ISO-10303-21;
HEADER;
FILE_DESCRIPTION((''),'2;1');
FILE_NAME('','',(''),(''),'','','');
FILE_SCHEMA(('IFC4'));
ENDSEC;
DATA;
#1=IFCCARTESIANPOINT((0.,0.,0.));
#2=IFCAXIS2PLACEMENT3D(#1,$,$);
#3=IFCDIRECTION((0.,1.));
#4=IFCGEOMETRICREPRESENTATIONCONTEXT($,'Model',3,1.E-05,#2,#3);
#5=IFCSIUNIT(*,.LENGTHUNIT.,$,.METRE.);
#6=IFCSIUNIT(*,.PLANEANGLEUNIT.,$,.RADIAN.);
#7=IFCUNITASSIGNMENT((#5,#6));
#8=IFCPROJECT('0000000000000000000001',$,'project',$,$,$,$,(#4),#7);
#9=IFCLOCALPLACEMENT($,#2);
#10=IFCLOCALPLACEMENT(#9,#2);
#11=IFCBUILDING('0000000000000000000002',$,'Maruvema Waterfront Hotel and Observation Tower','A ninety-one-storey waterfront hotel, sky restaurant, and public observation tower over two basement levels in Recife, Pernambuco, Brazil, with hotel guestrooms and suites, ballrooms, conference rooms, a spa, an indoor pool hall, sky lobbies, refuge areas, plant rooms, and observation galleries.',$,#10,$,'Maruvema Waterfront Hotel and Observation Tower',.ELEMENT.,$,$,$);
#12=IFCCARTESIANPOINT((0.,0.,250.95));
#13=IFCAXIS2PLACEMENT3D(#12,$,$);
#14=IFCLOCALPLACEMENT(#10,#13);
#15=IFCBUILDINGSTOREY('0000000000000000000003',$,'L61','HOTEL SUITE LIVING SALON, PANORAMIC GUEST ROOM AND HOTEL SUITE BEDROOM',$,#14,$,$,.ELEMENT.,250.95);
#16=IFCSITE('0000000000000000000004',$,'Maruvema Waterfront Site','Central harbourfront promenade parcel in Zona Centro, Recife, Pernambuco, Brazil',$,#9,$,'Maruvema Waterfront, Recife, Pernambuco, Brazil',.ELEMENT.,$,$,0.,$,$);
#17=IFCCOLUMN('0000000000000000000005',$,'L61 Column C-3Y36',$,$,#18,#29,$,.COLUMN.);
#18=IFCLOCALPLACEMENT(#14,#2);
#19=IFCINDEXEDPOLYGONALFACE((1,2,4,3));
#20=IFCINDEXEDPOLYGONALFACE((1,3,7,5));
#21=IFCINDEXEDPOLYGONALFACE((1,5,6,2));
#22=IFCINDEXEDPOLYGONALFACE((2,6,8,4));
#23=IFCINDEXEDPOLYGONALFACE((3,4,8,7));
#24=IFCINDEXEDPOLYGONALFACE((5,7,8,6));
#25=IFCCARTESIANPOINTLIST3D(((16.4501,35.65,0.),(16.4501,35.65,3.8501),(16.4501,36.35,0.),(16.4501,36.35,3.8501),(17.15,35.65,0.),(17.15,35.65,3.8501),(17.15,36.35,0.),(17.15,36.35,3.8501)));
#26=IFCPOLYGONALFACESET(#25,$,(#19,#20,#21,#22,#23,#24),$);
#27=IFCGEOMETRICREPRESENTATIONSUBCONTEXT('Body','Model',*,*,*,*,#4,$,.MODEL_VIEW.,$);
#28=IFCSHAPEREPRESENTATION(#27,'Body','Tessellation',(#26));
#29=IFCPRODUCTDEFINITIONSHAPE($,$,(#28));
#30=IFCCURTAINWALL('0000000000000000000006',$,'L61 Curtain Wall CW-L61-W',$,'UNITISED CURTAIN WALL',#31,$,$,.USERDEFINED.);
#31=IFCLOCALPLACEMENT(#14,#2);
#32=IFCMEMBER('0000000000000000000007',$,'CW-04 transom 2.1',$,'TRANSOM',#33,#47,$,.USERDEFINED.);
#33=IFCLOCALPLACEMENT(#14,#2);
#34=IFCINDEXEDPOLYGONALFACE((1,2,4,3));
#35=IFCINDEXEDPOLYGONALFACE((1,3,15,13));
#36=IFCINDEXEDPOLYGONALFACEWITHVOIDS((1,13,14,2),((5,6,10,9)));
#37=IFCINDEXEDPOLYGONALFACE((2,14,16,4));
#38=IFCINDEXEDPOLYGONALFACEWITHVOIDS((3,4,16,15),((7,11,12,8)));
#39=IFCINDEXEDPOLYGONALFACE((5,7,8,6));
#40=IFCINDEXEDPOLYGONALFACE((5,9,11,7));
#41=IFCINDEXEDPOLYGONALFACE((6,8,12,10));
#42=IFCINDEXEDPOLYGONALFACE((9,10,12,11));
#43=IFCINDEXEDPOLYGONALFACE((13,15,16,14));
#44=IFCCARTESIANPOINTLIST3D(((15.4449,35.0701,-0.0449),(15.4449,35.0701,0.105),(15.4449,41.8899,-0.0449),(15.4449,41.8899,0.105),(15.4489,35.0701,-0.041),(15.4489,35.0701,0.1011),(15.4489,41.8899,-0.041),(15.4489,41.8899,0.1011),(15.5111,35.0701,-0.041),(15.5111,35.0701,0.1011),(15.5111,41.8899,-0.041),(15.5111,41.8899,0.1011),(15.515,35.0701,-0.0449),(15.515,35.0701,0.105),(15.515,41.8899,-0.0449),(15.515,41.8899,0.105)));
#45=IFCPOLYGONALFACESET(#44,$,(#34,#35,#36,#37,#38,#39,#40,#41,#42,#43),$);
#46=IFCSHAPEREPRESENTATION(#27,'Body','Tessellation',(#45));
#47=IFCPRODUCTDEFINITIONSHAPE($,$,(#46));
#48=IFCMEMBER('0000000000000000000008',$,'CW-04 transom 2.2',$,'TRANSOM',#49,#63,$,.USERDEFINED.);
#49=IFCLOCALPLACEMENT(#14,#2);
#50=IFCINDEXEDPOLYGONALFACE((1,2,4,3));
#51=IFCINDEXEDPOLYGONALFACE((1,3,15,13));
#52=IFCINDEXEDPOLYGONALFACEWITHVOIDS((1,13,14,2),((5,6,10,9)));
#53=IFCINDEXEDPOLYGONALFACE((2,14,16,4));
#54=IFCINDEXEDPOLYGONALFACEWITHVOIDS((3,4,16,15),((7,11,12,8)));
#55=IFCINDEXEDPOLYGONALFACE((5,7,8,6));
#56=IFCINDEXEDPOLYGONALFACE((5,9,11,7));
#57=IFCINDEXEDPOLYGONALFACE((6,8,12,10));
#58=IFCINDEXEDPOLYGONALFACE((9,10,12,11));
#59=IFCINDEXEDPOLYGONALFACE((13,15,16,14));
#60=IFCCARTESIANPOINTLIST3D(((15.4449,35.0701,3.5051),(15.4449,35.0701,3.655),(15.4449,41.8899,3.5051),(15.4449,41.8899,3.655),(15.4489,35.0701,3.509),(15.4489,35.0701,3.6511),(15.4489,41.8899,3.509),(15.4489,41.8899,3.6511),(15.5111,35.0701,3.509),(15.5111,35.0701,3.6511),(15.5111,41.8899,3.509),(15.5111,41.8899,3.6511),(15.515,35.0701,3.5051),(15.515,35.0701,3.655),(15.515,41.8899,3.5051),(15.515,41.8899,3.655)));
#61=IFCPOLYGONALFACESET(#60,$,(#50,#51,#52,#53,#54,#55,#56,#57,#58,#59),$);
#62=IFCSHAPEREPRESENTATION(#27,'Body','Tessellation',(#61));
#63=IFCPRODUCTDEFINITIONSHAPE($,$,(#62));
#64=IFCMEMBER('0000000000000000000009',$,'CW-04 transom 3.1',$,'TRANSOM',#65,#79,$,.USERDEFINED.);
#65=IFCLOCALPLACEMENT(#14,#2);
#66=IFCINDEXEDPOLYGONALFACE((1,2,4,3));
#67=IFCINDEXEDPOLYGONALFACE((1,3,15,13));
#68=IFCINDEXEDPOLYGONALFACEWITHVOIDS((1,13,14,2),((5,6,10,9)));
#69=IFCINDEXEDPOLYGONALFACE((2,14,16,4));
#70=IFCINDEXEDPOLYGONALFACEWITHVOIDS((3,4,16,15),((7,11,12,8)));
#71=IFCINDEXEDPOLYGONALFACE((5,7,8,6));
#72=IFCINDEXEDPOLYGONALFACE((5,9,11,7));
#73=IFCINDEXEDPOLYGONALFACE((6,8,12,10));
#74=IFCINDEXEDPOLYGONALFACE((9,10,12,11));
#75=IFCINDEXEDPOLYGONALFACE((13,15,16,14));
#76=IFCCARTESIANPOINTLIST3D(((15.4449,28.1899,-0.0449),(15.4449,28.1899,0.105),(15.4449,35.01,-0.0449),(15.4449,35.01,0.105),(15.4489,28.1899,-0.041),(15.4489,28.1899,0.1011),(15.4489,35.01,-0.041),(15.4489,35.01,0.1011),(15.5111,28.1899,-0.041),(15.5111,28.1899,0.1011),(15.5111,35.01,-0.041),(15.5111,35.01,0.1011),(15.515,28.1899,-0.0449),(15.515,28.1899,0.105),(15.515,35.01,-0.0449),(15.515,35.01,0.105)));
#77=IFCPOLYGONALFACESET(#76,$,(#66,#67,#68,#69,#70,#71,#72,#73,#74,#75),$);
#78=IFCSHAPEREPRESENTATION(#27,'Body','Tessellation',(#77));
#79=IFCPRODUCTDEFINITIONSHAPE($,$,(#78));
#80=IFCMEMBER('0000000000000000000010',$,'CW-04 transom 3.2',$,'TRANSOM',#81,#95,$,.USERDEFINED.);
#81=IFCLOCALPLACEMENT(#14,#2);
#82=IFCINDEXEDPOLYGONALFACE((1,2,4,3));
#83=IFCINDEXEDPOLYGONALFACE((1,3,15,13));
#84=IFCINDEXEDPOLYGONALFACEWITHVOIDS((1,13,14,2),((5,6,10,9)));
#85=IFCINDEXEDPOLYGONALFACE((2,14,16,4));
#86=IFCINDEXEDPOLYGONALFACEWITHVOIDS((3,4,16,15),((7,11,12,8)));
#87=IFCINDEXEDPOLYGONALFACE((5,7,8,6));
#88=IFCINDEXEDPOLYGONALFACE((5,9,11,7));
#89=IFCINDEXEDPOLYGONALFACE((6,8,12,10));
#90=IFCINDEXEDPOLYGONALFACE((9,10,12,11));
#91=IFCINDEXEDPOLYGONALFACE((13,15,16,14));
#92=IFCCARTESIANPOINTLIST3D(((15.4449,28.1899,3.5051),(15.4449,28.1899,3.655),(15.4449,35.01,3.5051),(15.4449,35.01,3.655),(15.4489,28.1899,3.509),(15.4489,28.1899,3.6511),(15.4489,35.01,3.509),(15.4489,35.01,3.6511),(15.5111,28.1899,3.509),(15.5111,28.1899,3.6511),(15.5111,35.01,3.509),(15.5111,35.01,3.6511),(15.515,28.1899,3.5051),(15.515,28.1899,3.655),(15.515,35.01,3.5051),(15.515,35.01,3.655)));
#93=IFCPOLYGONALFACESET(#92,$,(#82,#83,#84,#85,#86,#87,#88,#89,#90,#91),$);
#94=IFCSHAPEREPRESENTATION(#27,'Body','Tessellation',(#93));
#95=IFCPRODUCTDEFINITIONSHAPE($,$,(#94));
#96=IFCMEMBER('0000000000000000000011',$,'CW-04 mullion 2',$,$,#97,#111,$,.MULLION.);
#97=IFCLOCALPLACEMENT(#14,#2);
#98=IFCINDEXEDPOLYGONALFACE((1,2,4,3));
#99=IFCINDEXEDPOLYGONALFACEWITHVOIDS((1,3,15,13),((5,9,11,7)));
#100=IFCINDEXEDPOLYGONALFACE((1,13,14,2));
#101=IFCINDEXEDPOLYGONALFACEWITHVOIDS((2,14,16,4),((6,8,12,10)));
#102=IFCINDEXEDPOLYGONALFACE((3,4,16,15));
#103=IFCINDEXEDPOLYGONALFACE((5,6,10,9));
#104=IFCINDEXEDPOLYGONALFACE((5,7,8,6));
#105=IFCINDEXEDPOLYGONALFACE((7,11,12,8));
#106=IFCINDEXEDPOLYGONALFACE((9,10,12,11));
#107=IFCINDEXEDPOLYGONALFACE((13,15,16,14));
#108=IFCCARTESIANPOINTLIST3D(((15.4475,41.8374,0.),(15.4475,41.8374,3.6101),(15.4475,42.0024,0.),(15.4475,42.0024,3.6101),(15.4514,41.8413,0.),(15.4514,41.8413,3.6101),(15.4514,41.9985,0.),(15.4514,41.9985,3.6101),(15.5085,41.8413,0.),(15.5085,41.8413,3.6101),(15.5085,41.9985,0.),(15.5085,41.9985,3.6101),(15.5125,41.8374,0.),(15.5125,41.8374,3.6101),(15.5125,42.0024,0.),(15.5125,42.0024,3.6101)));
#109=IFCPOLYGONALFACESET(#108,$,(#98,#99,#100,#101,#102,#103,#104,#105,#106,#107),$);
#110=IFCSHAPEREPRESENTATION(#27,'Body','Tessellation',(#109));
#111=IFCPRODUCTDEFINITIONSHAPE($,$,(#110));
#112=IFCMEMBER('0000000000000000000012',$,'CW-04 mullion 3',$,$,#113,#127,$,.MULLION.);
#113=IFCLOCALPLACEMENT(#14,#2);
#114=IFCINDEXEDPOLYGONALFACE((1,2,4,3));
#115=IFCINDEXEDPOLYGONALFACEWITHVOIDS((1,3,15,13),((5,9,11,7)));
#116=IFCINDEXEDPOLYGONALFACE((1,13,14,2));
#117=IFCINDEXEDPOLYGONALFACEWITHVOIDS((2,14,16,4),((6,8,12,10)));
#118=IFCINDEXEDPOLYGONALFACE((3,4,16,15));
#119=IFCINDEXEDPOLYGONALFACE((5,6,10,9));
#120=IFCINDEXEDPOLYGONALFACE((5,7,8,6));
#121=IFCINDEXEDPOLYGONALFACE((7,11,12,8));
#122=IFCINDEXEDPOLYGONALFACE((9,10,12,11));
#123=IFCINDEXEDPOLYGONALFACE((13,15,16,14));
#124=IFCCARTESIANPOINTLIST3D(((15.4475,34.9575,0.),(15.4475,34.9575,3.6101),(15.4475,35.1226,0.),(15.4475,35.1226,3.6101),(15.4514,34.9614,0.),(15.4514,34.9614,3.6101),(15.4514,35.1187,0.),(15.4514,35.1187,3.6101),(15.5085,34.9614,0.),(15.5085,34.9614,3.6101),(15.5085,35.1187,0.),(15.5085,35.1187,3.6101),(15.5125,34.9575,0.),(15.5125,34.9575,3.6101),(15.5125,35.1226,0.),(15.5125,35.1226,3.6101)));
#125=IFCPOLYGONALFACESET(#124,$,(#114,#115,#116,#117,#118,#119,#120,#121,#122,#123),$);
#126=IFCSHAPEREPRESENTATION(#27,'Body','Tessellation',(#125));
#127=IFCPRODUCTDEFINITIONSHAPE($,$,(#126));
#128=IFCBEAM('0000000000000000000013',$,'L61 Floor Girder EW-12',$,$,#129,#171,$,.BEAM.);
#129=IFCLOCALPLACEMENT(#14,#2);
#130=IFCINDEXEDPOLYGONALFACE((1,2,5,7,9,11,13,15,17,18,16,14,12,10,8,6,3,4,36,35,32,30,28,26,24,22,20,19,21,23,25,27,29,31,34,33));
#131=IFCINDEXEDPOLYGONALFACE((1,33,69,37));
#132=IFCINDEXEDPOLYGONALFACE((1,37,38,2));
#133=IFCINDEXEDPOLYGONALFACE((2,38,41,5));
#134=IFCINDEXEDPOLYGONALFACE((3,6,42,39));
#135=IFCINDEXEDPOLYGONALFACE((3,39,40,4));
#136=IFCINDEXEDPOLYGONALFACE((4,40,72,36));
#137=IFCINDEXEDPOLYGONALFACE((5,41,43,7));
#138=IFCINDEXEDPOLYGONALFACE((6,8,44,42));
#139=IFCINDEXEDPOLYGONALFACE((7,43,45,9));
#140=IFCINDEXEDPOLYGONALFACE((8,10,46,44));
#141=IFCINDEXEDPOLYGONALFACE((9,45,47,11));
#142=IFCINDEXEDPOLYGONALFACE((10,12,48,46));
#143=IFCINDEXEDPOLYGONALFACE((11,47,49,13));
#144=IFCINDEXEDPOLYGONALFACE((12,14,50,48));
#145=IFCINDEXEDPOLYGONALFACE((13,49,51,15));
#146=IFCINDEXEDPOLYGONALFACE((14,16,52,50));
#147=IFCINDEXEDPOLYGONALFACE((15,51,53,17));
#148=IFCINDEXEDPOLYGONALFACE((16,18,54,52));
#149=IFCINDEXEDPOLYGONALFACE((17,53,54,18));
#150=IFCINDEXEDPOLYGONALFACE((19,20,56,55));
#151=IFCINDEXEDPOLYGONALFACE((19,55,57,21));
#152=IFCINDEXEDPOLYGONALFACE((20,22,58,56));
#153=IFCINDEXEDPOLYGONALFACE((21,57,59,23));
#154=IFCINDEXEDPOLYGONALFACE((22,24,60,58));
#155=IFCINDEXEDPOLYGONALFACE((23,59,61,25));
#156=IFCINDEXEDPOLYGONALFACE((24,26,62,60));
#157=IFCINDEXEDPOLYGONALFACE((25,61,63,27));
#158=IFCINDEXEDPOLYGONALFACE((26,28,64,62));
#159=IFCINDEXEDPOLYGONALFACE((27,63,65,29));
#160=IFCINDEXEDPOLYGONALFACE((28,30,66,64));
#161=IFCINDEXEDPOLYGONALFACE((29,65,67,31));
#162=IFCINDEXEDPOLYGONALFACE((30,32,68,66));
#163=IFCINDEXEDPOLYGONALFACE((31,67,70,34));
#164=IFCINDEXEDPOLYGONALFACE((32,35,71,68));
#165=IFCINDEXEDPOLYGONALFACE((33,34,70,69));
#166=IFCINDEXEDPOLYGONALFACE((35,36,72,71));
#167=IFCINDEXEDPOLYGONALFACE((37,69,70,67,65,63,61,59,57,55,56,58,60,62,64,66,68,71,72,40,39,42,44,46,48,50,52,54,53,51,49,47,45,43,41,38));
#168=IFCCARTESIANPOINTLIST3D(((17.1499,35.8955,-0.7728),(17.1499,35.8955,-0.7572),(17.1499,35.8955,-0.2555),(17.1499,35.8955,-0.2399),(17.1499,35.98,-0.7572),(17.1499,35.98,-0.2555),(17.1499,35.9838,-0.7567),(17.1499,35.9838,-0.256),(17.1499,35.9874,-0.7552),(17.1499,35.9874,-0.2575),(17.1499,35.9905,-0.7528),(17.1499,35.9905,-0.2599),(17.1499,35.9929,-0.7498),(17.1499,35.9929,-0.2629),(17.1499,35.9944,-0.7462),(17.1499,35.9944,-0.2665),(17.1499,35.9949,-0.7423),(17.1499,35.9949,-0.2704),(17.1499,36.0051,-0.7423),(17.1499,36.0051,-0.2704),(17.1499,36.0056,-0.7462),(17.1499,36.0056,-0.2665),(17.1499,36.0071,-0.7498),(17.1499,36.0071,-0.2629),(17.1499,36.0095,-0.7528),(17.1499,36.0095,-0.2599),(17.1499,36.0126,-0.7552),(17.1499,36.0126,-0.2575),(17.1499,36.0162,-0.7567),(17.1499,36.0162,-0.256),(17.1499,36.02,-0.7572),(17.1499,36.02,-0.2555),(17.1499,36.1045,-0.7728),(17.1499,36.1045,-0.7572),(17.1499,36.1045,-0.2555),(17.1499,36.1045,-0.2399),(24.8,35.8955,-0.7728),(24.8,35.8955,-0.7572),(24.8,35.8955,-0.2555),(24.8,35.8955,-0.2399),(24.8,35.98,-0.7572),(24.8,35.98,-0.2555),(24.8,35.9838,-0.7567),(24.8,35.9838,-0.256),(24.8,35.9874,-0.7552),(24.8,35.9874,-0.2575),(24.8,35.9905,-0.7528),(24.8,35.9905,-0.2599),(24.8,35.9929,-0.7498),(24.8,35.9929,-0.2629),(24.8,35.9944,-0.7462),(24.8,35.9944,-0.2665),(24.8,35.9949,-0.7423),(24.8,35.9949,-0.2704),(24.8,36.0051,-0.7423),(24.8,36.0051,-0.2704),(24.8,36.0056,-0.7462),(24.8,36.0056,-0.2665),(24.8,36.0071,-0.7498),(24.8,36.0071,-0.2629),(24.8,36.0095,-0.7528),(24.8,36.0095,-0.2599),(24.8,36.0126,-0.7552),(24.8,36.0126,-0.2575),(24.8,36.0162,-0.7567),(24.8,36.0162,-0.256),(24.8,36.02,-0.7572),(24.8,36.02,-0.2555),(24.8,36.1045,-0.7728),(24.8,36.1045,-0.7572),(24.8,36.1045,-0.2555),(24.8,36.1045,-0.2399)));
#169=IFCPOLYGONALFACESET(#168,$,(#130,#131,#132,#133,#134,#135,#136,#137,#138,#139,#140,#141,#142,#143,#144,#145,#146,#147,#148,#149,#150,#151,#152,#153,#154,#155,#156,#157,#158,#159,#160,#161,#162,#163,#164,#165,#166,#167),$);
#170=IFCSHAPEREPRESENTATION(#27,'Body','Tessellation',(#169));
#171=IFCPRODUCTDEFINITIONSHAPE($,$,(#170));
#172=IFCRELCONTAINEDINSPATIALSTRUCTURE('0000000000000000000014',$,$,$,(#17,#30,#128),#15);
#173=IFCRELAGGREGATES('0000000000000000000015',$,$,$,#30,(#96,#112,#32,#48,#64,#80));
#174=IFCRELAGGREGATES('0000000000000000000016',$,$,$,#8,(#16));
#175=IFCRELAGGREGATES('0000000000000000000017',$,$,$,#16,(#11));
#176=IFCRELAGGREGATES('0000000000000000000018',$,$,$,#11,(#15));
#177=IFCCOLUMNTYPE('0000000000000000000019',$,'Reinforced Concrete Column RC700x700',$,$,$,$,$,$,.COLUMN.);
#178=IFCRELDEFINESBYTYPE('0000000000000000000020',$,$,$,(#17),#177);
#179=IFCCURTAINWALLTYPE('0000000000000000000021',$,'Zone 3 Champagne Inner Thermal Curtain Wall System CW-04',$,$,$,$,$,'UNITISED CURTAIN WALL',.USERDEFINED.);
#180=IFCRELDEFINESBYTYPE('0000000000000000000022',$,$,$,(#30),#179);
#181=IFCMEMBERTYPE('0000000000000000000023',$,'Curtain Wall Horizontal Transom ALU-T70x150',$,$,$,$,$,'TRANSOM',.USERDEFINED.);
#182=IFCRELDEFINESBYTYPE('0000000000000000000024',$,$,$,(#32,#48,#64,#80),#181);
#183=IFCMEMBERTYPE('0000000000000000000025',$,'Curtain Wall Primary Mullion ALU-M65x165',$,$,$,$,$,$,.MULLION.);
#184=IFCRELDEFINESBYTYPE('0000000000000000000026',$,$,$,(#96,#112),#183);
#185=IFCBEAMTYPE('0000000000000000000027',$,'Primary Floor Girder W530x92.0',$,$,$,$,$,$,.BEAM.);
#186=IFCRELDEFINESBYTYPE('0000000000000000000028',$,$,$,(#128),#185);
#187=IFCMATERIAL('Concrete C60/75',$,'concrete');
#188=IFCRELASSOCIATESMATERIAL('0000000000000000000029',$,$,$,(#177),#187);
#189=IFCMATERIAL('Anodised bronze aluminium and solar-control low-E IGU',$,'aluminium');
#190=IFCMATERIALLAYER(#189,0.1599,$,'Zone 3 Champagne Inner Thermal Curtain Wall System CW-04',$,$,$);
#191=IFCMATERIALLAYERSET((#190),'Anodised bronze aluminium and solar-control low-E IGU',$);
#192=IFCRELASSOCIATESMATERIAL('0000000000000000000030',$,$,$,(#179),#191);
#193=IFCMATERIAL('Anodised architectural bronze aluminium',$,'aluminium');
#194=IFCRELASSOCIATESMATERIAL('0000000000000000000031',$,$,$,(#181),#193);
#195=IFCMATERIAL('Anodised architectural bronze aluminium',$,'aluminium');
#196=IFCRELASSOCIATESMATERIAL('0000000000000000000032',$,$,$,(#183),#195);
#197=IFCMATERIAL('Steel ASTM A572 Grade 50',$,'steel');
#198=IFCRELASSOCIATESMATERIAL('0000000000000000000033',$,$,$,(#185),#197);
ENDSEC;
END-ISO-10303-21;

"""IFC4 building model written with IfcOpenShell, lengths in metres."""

from ifc_helpers import new_model, si_unit, direction, frame, origin, origin_2d, place, context, subcontext, project, spatial, rectangle, hollow_rectangle, i_section, extrude, material, layer, layer_set, material_profile, profile_set, type_object, element, aggregate, save


model = new_model("IFC4")

# Units and contexts
model_context = context("Model", 3, precision=1e-05, world=origin(), true_north=direction((0.0, 1.0)))
body_context = subcontext(model_context, "Body", "Model", "MODEL_VIEW")
ifc_project = project(units=[si_unit("LENGTHUNIT", "METRE"), si_unit("PLANEANGLEUNIT", "RADIAN")], contexts=[model_context])

# Site, building, storey
site_placement = place(None, origin())
site = spatial("IfcSite", under=ifc_project, at=site_placement, Name="Maruvema Waterfront Site", Description="Central harbourfront promenade parcel in Zona Centro, Recife, Pernambuco, Brazil", LongName="Maruvema Waterfront, Recife, Pernambuco, Brazil", CompositionType="ELEMENT", RefElevation=0.0)
building_placement = place(site_placement, origin())
building = spatial("IfcBuilding", under=site, at=building_placement, Name="Maruvema Waterfront Hotel and Observation Tower", Description="A ninety-one-storey waterfront hotel, sky restaurant, and public observation tower over two basement levels in Recife, Pernambuco, Brazil, with hotel guestrooms and suites, ballrooms, conference rooms, a spa, an indoor pool hall, sky lobbies, refuge areas, plant rooms, and observation galleries.", LongName="Maruvema Waterfront Hotel and Observation Tower", CompositionType="ELEMENT")
storey_placement = place(building_placement, frame((0.0, 0.0, 250.95)))
storey = spatial("IfcBuildingStorey", under=building, at=storey_placement, Name="L61", Description="HOTEL SUITE LIVING SALON, PANORAMIC GUEST ROOM AND HOTEL SUITE BEDROOM", CompositionType="ELEMENT", Elevation=250.95)

# Column
ifc_material_1 = material(Name="Concrete C60/75", Category="concrete")
ifc_material_profile_1 = material_profile(ifc_material_1, rectangle(XDim=0.7, YDim=0.7, at=origin_2d()), Name="RC700x700")
ifc_profile_set_1 = profile_set([ifc_material_profile_1], Name="Concrete C60/75")
column_type = type_object("IfcColumnType", Name="Reinforced Concrete Column RC700x700", PredefinedType="COLUMN", material=ifc_profile_set_1)
column_placement = place(storey_placement, frame((16.8, 36.0, 0.0), z_axis=(0.0, 0.0, 1.0), x_axis=(1.0, 0.0, 0.0)))
element("IfcColumn", 1, at=column_placement, inside=storey, type_object=column_type, Name="L61 Column C-3Y36", PredefinedType="COLUMN", context=body_context, shape_type="SweptSolid", body=[
    extrude(rectangle(XDim=0.7, YDim=0.7, at=origin_2d()), origin(), (0.0, 0.0, 1.0), 3.8501),
])

# Curtain wall, members
ifc_material_2 = material(Name="Anodised bronze aluminium and solar-control low-E IGU", Category="aluminium")
ifc_layer_1 = layer(ifc_material_2, 0.1599, Name="Zone 3 Champagne Inner Thermal Curtain Wall System CW-04")
ifc_layer_set_1 = layer_set([ifc_layer_1], Name="Anodised bronze aluminium and solar-control low-E IGU")
curtain_wall_type = type_object("IfcCurtainWallType", Name="Zone 3 Champagne Inner Thermal Curtain Wall System CW-04", ElementType="UNITISED CURTAIN WALL", PredefinedType="USERDEFINED", material=ifc_layer_set_1)
curtain_wall_placement = place(storey_placement, origin())
curtain_wall = element("IfcCurtainWall", 2, at=curtain_wall_placement, inside=storey, type_object=curtain_wall_type, Name="L61 Curtain Wall CW-L61-W", ObjectType="UNITISED CURTAIN WALL", PredefinedType="USERDEFINED")
ifc_material_3 = material(Name="Anodised architectural bronze aluminium", Category="aluminium")
ifc_material_profile_2 = material_profile(ifc_material_3, hollow_rectangle(XDim=0.0701, YDim=0.1499, WallThickness=0.0039, at=origin_2d()), Name="ALU-T70x150")
ifc_profile_set_2 = profile_set([ifc_material_profile_2], Name="Anodised architectural bronze aluminium")
member_type_1 = type_object("IfcMemberType", Name="Curtain Wall Horizontal Transom ALU-T70x150", ElementType="TRANSOM", PredefinedType="USERDEFINED", material=ifc_profile_set_2)
member_1_placement = place(storey_placement, frame((15.48, 41.8899, 0.03), z_axis=(0.0, -1.0, 0.0), x_axis=(1.0, 0.0, 0.0)))
member_1 = element("IfcMember", 3, at=member_1_placement, type_object=member_type_1, Name="CW-04 transom 2.1", ObjectType="TRANSOM", PredefinedType="USERDEFINED", context=body_context, shape_type="SweptSolid", body=[
    extrude(hollow_rectangle(XDim=0.0701, YDim=0.1499, WallThickness=0.0039, at=origin_2d()), origin(), (0.0, 0.0, 1.0), 6.8198),
])
member_2_placement = place(storey_placement, frame((15.48, 41.8899, 3.5801), z_axis=(0.0, -1.0, 0.0), x_axis=(1.0, 0.0, 0.0)))
member_2 = element("IfcMember", 4, at=member_2_placement, type_object=member_type_1, Name="CW-04 transom 2.2", ObjectType="TRANSOM", PredefinedType="USERDEFINED", context=body_context, shape_type="SweptSolid", body=[
    extrude(hollow_rectangle(XDim=0.0701, YDim=0.1499, WallThickness=0.0039, at=origin_2d()), origin(), (0.0, 0.0, 1.0), 6.8198),
])
member_3_placement = place(storey_placement, frame((15.48, 35.01, 0.03), z_axis=(0.0, -1.0, 0.0), x_axis=(1.0, 0.0, 0.0)))
member_3 = element("IfcMember", 5, at=member_3_placement, type_object=member_type_1, Name="CW-04 transom 3.1", ObjectType="TRANSOM", PredefinedType="USERDEFINED", context=body_context, shape_type="SweptSolid", body=[
    extrude(hollow_rectangle(XDim=0.0701, YDim=0.1499, WallThickness=0.0039, at=origin_2d()), origin(), (0.0, 0.0, 1.0), 6.8201),
])
member_4_placement = place(storey_placement, frame((15.48, 35.01, 3.5801), z_axis=(0.0, -1.0, 0.0), x_axis=(1.0, 0.0, 0.0)))
member_4 = element("IfcMember", 6, at=member_4_placement, type_object=member_type_1, Name="CW-04 transom 3.2", ObjectType="TRANSOM", PredefinedType="USERDEFINED", context=body_context, shape_type="SweptSolid", body=[
    extrude(hollow_rectangle(XDim=0.0701, YDim=0.1499, WallThickness=0.0039, at=origin_2d()), origin(), (0.0, 0.0, 1.0), 6.8201),
])
ifc_material_4 = material(Name="Anodised architectural bronze aluminium", Category="aluminium")
ifc_material_profile_3 = material_profile(ifc_material_4, hollow_rectangle(XDim=0.0649, YDim=0.165, WallThickness=0.0039, at=origin_2d()), Name="ALU-M65x165")
ifc_profile_set_3 = profile_set([ifc_material_profile_3], Name="Anodised architectural bronze aluminium")
member_type_2 = type_object("IfcMemberType", Name="Curtain Wall Primary Mullion ALU-M65x165", PredefinedType="MULLION", material=ifc_profile_set_3)
member_5_placement = place(storey_placement, frame((15.48, 41.9199, 0.0), z_axis=(0.0, 0.0, 1.0), x_axis=(1.0, 0.0, 0.0)))
member_5 = element("IfcMember", 7, at=member_5_placement, type_object=member_type_2, Name="CW-04 mullion 2", PredefinedType="MULLION", context=body_context, shape_type="SweptSolid", body=[
    extrude(hollow_rectangle(XDim=0.0649, YDim=0.165, WallThickness=0.0039, at=origin_2d()), origin(), (0.0, 0.0, 1.0), 3.6101),
])
member_6_placement = place(storey_placement, frame((15.48, 35.04, 0.0), z_axis=(0.0, 0.0, 1.0), x_axis=(1.0, 0.0, 0.0)))
member_6 = element("IfcMember", 8, at=member_6_placement, type_object=member_type_2, Name="CW-04 mullion 3", PredefinedType="MULLION", context=body_context, shape_type="SweptSolid", body=[
    extrude(hollow_rectangle(XDim=0.0649, YDim=0.165, WallThickness=0.0039, at=origin_2d()), origin(), (0.0, 0.0, 1.0), 3.6101),
])

# Beam
ifc_material_5 = material(Name="Steel ASTM A572 Grade 50", Category="steel")
ifc_material_profile_4 = material_profile(ifc_material_5, i_section(OverallWidth=0.209, OverallDepth=0.533, WebThickness=0.0103, FlangeThickness=0.0156, FilletRadius=0.0149, at=origin_2d()), Name="W530x92.0")
ifc_profile_set_4 = profile_set([ifc_material_profile_4], Name="Steel ASTM A572 Grade 50")
beam_type_1 = type_object("IfcBeamType", Name="Primary Floor Girder W530x92.0", PredefinedType="BEAM", material=ifc_profile_set_4)
beam_1_placement = place(storey_placement, frame((17.1499, 36.0, -0.5063), z_axis=(1.0, 0.0, 0.0), x_axis=(0.0, 1.0, 0.0)))
element("IfcBeam", 9, at=beam_1_placement, inside=storey, type_object=beam_type_1, Name="L61 Floor Girder EW-12", PredefinedType="BEAM", context=body_context, shape_type="SweptSolid", body=[
    extrude(i_section(OverallWidth=0.209, OverallDepth=0.533, WebThickness=0.0103, FlangeThickness=0.0156, FilletRadius=0.0149, at=origin_2d()), origin(), (0.0, 0.0, 1.0), 7.6501),
])

aggregate(curtain_wall, [member_5, member_6, member_1, member_2, member_3, member_4])

save(model, "model.ifc")
